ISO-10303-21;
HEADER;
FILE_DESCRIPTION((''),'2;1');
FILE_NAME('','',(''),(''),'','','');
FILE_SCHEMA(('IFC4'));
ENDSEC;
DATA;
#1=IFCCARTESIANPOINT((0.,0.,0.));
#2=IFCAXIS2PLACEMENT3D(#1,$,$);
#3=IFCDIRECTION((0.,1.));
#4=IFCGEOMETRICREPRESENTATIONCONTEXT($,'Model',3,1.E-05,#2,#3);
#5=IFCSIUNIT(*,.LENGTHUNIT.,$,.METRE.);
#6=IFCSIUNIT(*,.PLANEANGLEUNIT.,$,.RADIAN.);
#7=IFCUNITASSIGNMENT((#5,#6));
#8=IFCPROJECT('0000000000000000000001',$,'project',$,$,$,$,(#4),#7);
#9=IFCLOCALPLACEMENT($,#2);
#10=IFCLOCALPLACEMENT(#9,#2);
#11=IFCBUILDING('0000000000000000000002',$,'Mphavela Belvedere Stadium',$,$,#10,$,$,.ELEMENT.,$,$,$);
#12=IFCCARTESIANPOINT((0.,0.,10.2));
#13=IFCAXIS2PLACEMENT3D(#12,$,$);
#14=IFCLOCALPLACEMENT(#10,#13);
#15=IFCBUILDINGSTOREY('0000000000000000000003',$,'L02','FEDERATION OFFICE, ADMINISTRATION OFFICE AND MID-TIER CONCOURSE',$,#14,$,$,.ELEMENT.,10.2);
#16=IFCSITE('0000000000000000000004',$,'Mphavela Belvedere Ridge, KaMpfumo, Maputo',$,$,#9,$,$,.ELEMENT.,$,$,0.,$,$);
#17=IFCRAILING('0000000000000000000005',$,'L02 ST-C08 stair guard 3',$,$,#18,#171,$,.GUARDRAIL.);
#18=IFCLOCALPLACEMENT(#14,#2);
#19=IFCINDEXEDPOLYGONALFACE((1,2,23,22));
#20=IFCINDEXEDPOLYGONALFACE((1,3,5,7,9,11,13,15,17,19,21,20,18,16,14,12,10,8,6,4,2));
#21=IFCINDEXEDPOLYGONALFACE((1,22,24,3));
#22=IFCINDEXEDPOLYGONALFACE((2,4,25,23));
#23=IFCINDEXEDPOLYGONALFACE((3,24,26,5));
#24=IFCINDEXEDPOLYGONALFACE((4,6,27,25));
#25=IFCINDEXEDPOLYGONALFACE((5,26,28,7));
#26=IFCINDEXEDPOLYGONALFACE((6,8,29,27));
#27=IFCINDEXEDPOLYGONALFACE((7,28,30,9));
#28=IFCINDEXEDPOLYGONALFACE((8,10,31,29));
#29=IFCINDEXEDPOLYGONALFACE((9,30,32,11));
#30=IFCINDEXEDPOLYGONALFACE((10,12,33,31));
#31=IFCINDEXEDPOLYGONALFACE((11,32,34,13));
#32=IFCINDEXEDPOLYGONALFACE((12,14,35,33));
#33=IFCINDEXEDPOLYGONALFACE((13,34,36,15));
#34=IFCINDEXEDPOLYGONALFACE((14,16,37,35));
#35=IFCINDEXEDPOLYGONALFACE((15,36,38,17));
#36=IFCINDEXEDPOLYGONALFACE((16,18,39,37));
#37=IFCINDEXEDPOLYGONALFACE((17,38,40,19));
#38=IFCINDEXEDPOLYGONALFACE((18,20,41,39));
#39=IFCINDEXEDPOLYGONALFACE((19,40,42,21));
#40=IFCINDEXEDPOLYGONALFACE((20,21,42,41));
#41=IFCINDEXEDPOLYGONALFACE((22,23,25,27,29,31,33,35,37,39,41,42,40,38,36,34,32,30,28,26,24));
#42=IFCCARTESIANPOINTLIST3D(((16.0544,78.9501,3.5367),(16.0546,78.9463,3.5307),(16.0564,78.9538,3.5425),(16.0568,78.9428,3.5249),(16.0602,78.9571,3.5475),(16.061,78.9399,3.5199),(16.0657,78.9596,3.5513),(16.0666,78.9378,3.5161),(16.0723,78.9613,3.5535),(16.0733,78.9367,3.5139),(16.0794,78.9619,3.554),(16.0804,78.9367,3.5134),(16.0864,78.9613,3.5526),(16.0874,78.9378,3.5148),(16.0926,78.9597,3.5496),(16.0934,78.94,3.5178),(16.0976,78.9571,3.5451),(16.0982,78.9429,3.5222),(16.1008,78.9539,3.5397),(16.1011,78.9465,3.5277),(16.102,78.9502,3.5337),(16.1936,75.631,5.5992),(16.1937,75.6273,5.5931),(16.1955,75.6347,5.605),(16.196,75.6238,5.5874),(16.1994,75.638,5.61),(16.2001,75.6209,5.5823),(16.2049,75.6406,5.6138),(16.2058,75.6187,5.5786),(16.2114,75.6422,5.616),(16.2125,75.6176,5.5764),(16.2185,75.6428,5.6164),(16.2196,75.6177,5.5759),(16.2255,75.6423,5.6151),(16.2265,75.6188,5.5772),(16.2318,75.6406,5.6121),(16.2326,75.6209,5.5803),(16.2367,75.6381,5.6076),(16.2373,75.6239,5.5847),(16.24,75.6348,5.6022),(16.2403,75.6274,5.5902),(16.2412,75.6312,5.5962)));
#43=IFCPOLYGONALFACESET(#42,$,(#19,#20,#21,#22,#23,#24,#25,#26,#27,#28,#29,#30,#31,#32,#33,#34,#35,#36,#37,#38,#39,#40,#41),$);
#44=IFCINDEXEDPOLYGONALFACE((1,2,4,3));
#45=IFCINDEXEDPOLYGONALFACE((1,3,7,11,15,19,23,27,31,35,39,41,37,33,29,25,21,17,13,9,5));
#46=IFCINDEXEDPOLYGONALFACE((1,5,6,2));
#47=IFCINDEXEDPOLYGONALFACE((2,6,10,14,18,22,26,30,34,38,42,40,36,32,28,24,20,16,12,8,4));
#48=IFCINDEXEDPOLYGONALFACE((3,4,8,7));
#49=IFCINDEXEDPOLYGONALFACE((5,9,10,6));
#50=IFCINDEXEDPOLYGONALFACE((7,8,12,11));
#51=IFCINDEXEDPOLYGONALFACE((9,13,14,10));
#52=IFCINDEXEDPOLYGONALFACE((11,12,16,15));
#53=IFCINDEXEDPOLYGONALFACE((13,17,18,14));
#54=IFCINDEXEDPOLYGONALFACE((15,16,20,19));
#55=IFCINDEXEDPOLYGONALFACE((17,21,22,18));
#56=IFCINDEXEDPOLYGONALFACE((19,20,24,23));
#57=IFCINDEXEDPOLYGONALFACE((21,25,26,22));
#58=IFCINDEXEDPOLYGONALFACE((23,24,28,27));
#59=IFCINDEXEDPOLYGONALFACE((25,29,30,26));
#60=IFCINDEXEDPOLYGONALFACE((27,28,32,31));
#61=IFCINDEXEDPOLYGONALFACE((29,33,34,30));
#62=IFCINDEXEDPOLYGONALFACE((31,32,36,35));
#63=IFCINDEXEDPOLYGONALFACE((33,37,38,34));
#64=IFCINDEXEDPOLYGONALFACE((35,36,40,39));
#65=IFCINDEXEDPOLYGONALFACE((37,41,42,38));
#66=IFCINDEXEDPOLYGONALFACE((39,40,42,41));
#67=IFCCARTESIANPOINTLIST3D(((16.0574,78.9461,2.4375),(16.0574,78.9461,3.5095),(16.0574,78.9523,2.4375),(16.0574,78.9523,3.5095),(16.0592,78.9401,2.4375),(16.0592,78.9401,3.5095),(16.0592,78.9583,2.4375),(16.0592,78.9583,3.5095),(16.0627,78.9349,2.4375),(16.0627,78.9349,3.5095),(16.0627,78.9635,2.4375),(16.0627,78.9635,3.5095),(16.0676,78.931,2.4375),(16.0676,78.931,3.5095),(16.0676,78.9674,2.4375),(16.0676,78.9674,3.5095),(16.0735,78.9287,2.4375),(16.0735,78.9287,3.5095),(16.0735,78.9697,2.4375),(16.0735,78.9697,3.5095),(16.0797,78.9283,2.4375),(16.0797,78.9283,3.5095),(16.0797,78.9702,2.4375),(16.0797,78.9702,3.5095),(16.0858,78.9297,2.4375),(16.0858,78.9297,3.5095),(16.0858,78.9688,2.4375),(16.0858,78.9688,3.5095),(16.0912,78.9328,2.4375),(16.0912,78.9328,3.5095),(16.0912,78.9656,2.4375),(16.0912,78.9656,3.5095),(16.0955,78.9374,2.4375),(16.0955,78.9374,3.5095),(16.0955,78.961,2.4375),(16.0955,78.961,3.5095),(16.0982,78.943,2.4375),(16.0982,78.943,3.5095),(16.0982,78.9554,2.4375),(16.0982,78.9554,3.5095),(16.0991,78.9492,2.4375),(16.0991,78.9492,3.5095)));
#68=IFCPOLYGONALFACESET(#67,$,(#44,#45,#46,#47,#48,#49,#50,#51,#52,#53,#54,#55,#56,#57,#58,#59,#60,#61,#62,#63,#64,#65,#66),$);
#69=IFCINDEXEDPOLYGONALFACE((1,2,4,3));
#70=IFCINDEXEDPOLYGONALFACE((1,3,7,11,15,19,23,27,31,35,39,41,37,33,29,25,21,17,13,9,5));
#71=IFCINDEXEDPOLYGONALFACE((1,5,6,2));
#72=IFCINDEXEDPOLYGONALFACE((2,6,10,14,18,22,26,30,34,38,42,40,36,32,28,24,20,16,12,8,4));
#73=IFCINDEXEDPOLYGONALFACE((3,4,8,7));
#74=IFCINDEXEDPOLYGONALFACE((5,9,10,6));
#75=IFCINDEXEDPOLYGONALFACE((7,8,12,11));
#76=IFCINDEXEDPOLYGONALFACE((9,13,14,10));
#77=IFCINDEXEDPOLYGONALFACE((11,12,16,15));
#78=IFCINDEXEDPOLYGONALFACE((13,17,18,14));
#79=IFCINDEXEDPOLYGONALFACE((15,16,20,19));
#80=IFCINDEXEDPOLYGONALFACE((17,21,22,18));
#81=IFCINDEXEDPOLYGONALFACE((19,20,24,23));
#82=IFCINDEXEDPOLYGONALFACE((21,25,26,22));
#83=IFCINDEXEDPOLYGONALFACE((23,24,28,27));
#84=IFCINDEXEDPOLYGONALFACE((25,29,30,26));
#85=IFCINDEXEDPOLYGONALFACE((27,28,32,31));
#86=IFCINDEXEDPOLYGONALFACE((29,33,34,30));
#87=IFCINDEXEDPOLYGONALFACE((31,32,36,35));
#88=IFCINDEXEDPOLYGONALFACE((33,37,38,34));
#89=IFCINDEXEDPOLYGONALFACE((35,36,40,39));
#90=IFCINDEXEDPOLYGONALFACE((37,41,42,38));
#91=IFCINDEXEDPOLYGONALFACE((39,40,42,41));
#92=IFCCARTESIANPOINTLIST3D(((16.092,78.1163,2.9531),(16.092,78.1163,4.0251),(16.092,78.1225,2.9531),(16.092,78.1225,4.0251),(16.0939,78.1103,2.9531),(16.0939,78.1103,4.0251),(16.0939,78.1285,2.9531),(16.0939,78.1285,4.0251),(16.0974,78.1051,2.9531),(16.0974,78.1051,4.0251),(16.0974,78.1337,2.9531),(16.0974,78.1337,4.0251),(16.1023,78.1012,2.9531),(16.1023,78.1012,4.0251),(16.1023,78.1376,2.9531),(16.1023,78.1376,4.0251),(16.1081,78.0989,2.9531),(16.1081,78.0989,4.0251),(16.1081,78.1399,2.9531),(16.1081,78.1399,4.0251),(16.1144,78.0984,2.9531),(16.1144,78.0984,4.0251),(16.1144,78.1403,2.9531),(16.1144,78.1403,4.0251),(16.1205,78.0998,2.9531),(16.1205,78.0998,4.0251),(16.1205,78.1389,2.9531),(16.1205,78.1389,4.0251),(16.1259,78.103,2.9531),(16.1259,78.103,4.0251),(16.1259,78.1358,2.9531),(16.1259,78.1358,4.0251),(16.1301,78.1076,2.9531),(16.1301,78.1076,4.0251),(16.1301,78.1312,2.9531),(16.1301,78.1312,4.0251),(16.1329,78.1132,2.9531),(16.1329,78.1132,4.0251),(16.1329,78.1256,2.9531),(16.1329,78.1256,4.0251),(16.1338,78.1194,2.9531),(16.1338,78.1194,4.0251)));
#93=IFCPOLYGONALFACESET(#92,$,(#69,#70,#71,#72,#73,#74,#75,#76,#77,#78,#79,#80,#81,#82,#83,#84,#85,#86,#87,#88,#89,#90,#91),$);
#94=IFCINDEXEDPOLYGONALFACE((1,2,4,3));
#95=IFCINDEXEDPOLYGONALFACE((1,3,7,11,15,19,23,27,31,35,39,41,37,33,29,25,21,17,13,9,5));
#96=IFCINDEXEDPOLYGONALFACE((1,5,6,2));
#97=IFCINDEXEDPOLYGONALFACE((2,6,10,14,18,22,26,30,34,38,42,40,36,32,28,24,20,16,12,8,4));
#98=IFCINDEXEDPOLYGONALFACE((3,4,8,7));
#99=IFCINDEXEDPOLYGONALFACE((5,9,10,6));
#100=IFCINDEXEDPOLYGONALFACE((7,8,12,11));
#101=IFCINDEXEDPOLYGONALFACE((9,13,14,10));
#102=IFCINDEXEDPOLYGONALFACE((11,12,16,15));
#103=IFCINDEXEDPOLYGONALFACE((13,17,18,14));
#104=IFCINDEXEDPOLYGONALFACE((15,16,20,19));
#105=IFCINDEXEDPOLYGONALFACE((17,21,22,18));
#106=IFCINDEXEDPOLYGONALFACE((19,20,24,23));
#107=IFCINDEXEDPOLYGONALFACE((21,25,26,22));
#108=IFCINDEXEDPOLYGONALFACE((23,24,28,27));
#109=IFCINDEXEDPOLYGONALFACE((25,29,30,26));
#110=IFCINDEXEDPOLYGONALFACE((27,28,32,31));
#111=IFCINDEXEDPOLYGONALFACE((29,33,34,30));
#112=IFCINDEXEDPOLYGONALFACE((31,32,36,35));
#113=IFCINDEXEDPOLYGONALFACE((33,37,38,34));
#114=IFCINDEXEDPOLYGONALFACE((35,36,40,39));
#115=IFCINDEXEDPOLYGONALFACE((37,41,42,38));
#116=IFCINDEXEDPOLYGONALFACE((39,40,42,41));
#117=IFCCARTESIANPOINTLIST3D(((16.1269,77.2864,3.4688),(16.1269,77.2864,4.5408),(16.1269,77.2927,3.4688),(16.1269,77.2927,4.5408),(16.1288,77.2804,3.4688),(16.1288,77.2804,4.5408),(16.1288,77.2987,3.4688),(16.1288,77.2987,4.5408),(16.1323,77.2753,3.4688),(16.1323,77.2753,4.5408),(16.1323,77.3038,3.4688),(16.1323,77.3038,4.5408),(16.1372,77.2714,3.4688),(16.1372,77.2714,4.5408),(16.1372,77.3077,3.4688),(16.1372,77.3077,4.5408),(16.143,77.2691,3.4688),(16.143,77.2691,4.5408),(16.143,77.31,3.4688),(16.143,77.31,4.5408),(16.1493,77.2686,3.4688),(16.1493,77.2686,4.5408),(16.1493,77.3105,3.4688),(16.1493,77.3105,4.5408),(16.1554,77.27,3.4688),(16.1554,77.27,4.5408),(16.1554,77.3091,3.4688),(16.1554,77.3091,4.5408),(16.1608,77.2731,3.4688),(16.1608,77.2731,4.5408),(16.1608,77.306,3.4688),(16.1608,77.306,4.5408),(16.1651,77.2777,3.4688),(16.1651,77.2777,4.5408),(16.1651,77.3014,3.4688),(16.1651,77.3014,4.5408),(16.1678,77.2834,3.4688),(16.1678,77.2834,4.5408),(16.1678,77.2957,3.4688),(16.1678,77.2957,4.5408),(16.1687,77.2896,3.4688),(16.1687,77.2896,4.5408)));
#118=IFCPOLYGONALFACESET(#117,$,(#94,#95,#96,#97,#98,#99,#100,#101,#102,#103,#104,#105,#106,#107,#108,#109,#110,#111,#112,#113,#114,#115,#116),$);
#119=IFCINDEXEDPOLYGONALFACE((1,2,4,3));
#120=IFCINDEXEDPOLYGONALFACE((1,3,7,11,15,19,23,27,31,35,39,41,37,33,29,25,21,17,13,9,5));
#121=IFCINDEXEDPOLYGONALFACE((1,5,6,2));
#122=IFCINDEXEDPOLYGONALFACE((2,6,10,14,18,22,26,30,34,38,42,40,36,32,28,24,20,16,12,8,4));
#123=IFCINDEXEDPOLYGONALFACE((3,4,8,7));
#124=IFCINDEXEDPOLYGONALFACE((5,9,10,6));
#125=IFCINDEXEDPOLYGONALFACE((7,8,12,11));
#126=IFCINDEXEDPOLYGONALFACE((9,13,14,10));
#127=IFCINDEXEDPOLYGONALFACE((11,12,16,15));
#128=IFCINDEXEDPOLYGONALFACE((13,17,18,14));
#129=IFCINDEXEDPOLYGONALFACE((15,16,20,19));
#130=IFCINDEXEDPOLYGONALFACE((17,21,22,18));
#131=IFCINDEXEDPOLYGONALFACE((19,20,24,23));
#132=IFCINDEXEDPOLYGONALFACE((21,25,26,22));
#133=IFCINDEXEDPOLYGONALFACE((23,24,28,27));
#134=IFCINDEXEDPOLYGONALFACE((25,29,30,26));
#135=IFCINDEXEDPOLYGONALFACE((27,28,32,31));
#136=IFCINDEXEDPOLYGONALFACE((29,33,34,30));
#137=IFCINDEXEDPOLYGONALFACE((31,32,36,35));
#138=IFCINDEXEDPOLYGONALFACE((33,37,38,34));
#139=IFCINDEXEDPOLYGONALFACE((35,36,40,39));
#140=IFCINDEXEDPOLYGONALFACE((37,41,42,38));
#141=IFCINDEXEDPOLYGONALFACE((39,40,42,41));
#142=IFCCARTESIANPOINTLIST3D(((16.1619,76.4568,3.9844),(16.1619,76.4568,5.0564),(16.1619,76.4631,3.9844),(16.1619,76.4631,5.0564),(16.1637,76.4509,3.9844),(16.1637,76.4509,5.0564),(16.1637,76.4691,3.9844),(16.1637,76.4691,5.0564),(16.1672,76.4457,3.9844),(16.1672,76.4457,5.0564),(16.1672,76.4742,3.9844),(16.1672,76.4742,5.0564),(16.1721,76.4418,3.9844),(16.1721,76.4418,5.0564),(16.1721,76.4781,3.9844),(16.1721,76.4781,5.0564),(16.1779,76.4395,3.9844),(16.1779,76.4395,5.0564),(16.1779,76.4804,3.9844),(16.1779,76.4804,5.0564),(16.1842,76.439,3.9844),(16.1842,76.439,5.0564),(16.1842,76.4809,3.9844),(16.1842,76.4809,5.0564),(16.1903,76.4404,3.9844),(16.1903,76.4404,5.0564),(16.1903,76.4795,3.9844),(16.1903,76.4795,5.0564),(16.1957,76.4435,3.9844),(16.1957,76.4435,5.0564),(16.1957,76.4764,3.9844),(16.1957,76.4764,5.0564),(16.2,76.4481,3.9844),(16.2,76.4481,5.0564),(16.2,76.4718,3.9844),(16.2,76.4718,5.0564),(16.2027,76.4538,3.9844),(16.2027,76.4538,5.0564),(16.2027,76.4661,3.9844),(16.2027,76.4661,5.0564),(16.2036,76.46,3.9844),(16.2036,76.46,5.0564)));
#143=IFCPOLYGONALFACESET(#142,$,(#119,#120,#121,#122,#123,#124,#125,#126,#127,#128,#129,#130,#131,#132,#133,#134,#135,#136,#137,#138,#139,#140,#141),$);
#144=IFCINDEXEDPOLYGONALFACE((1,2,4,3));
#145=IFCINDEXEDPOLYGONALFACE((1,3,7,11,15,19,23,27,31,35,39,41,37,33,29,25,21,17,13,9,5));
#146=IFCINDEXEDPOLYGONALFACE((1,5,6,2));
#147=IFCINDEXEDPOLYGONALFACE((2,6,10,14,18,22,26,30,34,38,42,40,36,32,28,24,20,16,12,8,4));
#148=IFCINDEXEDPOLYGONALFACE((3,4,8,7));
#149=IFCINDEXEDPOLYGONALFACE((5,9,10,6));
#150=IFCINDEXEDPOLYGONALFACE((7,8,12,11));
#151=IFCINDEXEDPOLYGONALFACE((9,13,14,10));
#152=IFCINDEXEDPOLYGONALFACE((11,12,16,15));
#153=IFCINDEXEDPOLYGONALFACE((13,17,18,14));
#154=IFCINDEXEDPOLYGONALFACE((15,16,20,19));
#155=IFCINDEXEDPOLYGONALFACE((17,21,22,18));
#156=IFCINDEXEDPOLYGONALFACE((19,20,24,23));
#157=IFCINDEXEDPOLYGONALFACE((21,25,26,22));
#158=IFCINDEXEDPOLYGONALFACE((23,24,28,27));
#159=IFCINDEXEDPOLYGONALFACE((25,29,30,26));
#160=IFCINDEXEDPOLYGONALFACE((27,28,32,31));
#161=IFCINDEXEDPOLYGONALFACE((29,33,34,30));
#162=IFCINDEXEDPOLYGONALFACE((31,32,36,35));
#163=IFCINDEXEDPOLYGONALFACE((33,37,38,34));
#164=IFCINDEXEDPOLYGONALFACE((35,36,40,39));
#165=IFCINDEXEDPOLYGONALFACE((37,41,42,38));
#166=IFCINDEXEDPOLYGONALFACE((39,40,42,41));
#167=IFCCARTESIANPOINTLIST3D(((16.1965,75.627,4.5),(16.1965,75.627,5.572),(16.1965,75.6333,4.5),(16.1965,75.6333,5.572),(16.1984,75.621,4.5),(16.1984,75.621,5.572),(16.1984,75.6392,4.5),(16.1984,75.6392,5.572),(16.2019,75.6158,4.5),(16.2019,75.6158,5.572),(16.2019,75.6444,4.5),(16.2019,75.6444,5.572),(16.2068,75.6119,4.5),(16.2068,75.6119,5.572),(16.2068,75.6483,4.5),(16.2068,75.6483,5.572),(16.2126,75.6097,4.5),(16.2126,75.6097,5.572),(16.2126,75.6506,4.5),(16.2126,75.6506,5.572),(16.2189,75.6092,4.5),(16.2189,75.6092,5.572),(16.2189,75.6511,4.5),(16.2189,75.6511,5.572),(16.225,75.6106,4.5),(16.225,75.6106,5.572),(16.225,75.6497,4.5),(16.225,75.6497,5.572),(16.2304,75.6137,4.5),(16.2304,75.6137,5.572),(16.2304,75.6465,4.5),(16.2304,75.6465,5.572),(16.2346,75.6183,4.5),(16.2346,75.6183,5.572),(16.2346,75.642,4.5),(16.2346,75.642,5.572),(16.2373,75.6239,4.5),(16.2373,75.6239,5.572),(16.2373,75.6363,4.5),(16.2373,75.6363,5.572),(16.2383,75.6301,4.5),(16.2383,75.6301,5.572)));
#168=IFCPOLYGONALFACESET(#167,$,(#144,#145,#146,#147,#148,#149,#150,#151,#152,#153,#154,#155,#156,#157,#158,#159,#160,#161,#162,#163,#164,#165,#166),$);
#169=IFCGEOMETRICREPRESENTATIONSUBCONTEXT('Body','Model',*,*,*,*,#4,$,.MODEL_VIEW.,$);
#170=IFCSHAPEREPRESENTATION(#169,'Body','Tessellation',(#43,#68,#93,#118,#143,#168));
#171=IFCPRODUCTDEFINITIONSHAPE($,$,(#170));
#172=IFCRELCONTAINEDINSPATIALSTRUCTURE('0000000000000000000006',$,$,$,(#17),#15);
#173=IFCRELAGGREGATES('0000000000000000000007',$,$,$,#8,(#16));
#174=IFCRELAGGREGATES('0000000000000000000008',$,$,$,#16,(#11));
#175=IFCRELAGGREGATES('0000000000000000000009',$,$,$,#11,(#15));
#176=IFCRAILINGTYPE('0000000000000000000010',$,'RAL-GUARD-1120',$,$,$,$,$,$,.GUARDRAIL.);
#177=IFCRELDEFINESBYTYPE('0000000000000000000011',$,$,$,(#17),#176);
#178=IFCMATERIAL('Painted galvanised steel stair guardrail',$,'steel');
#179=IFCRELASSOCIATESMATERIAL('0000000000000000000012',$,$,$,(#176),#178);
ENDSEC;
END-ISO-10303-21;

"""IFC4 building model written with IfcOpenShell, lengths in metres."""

from ifc_helpers import new_model, si_unit, direction, frame, origin, origin_2d, place, context, subcontext, project, spatial, circle, extrude, material, type_object, element, save


model = new_model("IFC4")

# Units and contexts
model_context = context("Model", 3, precision=1e-05, world=origin(), true_north=direction((0.0, 1.0)))
body_context = subcontext(model_context, "Body", "Model", "MODEL_VIEW")
ifc_project = project(units=[si_unit("LENGTHUNIT", "METRE"), si_unit("PLANEANGLEUNIT", "RADIAN")], contexts=[model_context])

# Site, building, storey
site_placement = place(None, origin())
site = spatial("IfcSite", under=ifc_project, at=site_placement, Name="Mphavela Belvedere Ridge, KaMpfumo, Maputo", CompositionType="ELEMENT", RefElevation=0.0)
building_placement = place(site_placement, origin())
building = spatial("IfcBuilding", under=site, at=building_placement, Name="Mphavela Belvedere Stadium", CompositionType="ELEMENT")
storey_placement = place(building_placement, frame((0.0, 0.0, 10.2)))
storey = spatial("IfcBuildingStorey", under=building, at=storey_placement, Name="L02", Description="FEDERATION OFFICE, ADMINISTRATION OFFICE AND MID-TIER CONCOURSE", CompositionType="ELEMENT", Elevation=10.2)

# Railing
ifc_material_1 = material(Name="Painted galvanised steel stair guardrail", Category="steel")
railing_type_1 = type_object("IfcRailingType", Name="RAL-GUARD-1120", PredefinedType="GUARDRAIL", material=ifc_material_1)
railing_1_placement = place(storey_placement, frame((16.0781, 78.9492, 2.4375)))
element("IfcRailing", 1, at=railing_1_placement, inside=storey, type_object=railing_type_1, Name="L02 ST-C08 stair guard 3", PredefinedType="GUARDRAIL", context=body_context, shape_type="SweptSolid", body=[
    extrude(circle(Radius=0.0239, at=origin_2d()), frame((0.0, 0.0, 1.0962), z_axis=(0.035589, -0.84883, 0.527467), x_axis=(0.999122, 0.04189, 0.0)), (0.0, 0.0, 1.0), 3.9102),
    extrude(circle(Radius=0.021, at=origin_2d()), origin(), (0.0, 0.0, 1.0), 1.072),
    extrude(circle(Radius=0.021, at=origin_2d()), frame((0.0347, -0.8298, 0.5156)), (0.0, 0.0, 1.0), 1.072),
    extrude(circle(Radius=0.021, at=origin_2d()), frame((0.0696, -1.6597, 1.0312)), (0.0, 0.0, 1.0), 1.072),
    extrude(circle(Radius=0.021, at=origin_2d()), frame((0.1045, -2.4893, 1.5469)), (0.0, 0.0, 1.0), 1.072),
    extrude(circle(Radius=0.021, at=origin_2d()), frame((0.1392, -3.3191, 2.0625)), (0.0, 0.0, 1.0), 1.072),
])

save(model, "model.ifc")
